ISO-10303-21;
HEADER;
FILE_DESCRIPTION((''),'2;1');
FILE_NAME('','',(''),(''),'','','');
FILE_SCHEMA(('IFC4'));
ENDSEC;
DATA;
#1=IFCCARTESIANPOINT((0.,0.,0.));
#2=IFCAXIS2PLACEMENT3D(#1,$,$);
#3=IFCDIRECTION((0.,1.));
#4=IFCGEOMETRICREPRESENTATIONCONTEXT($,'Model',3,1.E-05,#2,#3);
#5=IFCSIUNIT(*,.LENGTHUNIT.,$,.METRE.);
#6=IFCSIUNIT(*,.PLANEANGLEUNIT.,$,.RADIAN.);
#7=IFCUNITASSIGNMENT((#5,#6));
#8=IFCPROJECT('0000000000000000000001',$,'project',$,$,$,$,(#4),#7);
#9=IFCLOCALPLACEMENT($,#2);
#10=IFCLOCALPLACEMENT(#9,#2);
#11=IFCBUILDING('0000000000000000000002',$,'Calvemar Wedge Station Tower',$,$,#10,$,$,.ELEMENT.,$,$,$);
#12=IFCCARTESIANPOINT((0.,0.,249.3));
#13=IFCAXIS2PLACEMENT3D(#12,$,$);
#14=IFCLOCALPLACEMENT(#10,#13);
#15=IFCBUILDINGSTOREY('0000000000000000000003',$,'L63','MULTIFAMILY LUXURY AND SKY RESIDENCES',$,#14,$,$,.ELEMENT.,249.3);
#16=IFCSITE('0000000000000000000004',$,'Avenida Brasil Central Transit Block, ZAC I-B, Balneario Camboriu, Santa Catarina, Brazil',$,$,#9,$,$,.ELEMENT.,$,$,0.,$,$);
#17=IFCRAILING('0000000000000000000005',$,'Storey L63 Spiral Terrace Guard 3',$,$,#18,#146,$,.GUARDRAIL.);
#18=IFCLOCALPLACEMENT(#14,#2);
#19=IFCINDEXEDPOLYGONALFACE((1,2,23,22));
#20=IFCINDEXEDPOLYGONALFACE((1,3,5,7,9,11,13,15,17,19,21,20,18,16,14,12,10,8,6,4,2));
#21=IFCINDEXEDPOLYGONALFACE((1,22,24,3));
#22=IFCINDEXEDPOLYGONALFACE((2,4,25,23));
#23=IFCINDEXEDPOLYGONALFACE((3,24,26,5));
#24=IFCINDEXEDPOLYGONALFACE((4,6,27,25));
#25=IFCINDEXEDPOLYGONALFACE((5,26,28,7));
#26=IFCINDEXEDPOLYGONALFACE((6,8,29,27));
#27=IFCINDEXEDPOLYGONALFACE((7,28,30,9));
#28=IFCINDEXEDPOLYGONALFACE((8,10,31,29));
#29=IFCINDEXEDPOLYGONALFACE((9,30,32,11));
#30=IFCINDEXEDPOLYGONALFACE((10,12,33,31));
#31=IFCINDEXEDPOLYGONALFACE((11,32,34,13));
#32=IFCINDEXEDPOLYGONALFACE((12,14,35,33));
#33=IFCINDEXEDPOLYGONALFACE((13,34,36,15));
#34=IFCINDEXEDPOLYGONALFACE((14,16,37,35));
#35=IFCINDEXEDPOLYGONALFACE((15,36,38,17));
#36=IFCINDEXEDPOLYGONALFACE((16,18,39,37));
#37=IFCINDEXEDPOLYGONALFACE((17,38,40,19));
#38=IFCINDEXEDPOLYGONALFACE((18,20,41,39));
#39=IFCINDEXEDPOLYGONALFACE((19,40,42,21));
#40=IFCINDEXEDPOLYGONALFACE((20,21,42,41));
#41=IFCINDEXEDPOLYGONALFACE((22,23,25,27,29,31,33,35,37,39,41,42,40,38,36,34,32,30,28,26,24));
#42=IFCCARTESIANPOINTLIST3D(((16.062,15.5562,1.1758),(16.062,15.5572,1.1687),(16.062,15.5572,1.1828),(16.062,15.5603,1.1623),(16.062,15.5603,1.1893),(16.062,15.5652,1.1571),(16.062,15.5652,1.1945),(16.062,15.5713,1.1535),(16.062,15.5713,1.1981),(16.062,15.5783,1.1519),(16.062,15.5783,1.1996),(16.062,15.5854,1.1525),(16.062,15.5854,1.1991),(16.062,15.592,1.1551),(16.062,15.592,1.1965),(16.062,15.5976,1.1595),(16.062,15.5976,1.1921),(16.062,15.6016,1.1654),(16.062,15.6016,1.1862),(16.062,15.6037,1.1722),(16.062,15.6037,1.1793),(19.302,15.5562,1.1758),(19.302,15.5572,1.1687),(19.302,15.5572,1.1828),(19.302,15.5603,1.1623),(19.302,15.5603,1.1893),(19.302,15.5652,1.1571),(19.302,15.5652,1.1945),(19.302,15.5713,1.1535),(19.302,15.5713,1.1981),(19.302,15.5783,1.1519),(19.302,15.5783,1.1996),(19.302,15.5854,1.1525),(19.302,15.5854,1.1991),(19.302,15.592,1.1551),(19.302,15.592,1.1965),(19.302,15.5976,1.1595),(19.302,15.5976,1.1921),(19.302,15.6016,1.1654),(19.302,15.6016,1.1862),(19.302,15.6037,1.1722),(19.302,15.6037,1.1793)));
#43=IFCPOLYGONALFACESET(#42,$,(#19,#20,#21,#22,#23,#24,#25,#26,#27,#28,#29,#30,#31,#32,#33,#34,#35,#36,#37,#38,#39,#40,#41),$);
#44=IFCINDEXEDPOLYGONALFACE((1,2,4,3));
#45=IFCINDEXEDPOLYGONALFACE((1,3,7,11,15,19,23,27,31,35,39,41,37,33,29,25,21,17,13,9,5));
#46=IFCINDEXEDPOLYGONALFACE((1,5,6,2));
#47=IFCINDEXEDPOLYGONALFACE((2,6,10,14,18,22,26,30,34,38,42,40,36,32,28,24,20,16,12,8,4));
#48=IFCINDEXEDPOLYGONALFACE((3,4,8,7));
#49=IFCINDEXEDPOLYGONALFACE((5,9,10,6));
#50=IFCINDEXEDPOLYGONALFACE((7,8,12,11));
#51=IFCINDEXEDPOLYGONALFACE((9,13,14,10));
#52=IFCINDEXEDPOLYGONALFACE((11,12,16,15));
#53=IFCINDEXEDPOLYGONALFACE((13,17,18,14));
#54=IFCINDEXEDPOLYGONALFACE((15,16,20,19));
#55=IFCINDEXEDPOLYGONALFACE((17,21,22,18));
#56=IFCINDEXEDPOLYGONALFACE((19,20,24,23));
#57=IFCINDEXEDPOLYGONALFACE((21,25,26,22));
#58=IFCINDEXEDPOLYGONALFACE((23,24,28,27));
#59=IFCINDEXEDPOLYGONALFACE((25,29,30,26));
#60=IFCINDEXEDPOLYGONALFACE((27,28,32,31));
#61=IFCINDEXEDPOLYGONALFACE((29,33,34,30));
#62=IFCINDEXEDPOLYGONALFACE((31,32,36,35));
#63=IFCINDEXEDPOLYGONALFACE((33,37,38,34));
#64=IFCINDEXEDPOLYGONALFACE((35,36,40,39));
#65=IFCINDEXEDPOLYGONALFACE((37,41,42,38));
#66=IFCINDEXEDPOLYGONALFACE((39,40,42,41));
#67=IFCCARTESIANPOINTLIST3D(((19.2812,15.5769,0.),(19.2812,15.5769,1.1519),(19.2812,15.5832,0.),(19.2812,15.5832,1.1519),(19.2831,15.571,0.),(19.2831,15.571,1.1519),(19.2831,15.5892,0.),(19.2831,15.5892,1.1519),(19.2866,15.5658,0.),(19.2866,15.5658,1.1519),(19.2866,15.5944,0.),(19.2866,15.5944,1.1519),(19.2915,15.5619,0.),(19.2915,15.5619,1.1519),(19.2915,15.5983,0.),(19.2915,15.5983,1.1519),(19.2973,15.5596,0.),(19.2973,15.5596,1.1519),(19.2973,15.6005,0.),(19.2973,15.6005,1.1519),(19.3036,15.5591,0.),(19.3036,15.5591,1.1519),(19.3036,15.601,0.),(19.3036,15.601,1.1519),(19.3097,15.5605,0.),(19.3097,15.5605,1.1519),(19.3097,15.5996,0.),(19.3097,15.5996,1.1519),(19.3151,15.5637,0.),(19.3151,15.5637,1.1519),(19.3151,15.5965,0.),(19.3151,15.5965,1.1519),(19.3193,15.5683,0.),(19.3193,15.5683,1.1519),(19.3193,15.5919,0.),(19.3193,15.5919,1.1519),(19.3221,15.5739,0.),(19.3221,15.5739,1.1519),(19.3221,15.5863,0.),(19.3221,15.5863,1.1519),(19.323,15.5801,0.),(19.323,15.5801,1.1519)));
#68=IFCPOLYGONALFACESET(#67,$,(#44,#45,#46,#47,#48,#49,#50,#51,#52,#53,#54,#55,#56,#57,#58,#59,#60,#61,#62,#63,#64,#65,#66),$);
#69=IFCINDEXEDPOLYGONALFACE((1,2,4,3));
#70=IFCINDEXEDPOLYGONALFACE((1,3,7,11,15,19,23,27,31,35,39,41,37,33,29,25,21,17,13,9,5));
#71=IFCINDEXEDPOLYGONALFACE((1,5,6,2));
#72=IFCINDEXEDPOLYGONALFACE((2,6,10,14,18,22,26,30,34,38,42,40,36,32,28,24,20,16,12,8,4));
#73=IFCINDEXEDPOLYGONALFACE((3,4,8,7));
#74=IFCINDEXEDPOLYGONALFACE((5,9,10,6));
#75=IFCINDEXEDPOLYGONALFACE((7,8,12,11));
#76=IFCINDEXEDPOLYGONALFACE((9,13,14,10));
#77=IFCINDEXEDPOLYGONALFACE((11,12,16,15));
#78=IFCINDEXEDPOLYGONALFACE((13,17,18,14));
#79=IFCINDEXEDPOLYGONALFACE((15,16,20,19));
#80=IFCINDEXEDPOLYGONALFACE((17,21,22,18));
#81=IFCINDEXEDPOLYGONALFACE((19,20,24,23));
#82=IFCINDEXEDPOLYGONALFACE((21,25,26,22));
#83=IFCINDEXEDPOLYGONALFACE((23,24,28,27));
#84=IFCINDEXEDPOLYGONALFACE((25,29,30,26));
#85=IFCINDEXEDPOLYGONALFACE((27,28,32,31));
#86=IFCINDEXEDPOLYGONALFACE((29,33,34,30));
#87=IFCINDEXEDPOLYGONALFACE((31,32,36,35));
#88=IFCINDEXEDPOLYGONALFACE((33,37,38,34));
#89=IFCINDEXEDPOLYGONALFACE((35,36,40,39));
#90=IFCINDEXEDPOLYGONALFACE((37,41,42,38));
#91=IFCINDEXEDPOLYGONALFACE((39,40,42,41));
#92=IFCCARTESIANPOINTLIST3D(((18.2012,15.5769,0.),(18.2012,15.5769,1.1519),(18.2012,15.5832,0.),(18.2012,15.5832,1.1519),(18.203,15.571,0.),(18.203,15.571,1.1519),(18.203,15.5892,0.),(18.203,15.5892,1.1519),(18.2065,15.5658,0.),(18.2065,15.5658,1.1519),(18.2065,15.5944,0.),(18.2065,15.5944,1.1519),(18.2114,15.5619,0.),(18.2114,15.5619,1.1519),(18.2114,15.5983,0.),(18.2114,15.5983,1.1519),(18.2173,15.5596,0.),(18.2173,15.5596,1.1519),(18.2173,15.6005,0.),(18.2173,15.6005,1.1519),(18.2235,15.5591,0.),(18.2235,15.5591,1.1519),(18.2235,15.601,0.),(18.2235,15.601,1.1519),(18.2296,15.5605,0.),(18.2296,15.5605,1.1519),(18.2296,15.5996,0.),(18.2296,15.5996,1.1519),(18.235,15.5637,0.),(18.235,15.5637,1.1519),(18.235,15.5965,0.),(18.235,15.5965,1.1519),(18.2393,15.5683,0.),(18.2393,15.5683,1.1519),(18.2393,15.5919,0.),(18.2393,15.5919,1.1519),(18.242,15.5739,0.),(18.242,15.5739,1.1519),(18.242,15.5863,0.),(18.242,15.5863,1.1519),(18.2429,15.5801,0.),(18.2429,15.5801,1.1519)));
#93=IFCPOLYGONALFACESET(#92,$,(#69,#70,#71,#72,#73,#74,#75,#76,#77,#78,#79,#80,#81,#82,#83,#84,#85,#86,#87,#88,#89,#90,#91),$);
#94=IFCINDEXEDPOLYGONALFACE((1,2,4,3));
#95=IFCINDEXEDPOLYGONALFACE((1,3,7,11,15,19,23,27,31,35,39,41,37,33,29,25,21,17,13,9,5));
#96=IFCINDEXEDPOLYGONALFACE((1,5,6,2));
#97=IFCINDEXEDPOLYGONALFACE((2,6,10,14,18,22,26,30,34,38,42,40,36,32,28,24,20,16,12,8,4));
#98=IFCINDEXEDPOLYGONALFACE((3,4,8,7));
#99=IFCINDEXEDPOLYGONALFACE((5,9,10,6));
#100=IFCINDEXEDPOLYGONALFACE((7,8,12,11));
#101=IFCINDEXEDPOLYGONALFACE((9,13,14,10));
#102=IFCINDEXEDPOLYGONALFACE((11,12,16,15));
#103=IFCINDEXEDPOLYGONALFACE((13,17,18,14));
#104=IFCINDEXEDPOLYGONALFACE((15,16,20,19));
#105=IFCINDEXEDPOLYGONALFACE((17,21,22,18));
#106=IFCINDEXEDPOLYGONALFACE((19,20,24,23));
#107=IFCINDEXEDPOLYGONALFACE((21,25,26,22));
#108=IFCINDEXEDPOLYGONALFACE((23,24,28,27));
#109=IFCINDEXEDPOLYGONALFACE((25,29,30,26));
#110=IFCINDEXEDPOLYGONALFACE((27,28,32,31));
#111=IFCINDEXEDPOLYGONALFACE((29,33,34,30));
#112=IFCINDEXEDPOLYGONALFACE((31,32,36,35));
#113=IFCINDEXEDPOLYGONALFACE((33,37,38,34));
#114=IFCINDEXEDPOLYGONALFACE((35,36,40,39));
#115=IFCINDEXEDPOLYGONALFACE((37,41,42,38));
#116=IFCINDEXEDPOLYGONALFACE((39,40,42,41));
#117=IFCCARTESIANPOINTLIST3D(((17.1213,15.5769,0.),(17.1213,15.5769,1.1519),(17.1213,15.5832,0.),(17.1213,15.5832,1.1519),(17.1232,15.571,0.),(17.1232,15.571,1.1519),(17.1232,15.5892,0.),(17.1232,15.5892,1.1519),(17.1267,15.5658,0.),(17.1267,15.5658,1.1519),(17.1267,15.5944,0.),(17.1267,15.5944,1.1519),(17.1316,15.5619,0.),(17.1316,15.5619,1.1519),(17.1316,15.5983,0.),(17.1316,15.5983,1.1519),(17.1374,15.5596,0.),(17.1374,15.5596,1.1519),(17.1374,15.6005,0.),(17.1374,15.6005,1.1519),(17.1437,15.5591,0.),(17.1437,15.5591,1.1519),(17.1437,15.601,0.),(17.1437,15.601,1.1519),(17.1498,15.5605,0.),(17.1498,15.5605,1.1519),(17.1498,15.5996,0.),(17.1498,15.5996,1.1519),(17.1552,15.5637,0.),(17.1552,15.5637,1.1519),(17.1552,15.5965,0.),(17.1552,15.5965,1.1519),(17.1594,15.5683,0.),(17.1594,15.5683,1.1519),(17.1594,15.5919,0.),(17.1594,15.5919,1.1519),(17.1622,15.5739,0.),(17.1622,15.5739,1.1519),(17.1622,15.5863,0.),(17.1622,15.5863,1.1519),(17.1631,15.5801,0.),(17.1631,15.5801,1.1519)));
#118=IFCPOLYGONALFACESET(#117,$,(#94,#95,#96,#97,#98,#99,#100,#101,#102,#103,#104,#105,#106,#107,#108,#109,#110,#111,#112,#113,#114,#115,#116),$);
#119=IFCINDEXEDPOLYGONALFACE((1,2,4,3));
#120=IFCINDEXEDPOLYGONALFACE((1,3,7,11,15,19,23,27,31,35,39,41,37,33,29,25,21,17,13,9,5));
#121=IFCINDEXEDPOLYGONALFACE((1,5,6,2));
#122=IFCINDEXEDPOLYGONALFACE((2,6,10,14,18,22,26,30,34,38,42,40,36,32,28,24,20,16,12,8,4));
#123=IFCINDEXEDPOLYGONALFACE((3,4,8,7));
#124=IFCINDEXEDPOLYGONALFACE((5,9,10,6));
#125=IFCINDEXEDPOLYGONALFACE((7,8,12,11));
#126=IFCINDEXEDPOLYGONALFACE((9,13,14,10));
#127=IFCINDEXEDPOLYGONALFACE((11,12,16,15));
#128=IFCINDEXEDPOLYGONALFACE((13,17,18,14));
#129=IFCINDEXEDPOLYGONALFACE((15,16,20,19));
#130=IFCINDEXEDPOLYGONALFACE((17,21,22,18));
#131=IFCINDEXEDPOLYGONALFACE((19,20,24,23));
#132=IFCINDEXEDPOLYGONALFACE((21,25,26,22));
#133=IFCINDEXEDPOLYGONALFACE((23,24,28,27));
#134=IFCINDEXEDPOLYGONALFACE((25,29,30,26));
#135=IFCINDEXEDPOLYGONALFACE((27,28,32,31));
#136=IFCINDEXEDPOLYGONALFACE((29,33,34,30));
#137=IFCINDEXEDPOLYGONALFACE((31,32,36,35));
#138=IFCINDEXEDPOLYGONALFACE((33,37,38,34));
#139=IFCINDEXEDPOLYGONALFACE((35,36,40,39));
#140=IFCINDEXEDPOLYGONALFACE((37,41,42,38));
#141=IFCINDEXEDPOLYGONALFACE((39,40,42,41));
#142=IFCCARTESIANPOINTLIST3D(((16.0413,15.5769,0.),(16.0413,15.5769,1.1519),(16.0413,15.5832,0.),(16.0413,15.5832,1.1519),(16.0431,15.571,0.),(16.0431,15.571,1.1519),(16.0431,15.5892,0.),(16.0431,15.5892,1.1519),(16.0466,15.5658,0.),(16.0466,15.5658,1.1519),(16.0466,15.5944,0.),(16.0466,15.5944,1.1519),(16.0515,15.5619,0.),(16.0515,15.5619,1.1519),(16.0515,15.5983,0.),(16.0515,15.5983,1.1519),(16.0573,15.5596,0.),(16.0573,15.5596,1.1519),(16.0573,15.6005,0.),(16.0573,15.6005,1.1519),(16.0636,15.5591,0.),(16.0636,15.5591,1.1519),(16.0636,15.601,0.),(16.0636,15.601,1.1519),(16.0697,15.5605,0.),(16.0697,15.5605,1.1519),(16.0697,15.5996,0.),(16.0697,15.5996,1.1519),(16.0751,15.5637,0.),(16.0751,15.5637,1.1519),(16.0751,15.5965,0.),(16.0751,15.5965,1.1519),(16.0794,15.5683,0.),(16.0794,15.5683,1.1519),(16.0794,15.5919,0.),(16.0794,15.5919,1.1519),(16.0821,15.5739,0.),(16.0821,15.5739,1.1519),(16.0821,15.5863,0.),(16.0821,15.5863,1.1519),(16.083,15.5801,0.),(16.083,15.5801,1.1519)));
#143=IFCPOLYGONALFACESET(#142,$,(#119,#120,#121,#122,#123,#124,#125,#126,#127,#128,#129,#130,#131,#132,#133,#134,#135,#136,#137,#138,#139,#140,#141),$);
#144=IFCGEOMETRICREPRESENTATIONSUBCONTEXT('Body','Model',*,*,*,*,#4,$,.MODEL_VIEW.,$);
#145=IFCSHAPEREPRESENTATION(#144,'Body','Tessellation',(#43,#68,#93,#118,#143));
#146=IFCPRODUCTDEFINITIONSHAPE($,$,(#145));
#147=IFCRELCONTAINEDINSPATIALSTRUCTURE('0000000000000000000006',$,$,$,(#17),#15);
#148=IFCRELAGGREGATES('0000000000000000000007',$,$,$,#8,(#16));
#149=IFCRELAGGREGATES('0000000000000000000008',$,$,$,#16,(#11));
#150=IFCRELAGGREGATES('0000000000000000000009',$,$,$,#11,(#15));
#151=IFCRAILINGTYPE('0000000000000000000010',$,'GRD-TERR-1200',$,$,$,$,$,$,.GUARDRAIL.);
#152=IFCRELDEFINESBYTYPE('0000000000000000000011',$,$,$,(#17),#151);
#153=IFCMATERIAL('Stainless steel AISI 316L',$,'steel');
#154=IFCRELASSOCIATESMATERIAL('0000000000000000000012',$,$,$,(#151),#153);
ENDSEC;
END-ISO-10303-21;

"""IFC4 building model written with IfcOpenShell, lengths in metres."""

from ifc_helpers import new_model, si_unit, direction, frame, origin, origin_2d, place, context, subcontext, project, spatial, circle, extrude, material, type_object, element, save


model = new_model("IFC4")

# Units and contexts
model_context = context("Model", 3, precision=1e-05, world=origin(), true_north=direction((0.0, 1.0)))
body_context = subcontext(model_context, "Body", "Model", "MODEL_VIEW")
ifc_project = project(units=[si_unit("LENGTHUNIT", "METRE"), si_unit("PLANEANGLEUNIT", "RADIAN")], contexts=[model_context])

# Site, building, storey
site_placement = place(None, origin())
site = spatial("IfcSite", under=ifc_project, at=site_placement, Name="Avenida Brasil Central Transit Block, ZAC I-B, Balneario Camboriu, Santa Catarina, Brazil", CompositionType="ELEMENT", RefElevation=0.0)
building_placement = place(site_placement, origin())
building = spatial("IfcBuilding", under=site, at=building_placement, Name="Calvemar Wedge Station Tower", CompositionType="ELEMENT")
storey_placement = place(building_placement, frame((0.0, 0.0, 249.3)))
storey = spatial("IfcBuildingStorey", under=building, at=storey_placement, Name="L63", Description="MULTIFAMILY LUXURY AND SKY RESIDENCES", CompositionType="ELEMENT", Elevation=249.3)

# Railing
ifc_material_1 = material(Name="Stainless steel AISI 316L", Category="steel")
railing_type = type_object("IfcRailingType", Name="GRD-TERR-1200", PredefinedType="GUARDRAIL", material=ifc_material_1)
railing_1_placement = place(storey_placement, frame((19.302, 15.5801, 0.0)))
element("IfcRailing", 1, at=railing_1_placement, inside=storey, type_object=railing_type, Name="Storey L63 Spiral Terrace Guard 3", PredefinedType="GUARDRAIL", context=body_context, shape_type="SweptSolid", body=[
    extrude(circle(Radius=0.0239, at=origin_2d()), frame((0.0, 0.0, 1.1758), z_axis=(-1.0, 0.0, 0.0), x_axis=(0.0, -1.0, 0.0)), (0.0, 0.0, 1.0), 3.24),
    extrude(circle(Radius=0.021, at=origin_2d()), origin(), (0.0, 0.0, 1.0), 1.1519),
    extrude(circle(Radius=0.021, at=origin_2d()), frame((-1.0801, 0.0, 0.0)), (0.0, 0.0, 1.0), 1.1519),
    extrude(circle(Radius=0.021, at=origin_2d()), frame((-2.1599, 0.0, 0.0)), (0.0, 0.0, 1.0), 1.1519),
    extrude(circle(Radius=0.021, at=origin_2d()), frame((-3.24, 0.0, 0.0)), (0.0, 0.0, 1.0), 1.1519),
])

save(model, "model.ifc")
